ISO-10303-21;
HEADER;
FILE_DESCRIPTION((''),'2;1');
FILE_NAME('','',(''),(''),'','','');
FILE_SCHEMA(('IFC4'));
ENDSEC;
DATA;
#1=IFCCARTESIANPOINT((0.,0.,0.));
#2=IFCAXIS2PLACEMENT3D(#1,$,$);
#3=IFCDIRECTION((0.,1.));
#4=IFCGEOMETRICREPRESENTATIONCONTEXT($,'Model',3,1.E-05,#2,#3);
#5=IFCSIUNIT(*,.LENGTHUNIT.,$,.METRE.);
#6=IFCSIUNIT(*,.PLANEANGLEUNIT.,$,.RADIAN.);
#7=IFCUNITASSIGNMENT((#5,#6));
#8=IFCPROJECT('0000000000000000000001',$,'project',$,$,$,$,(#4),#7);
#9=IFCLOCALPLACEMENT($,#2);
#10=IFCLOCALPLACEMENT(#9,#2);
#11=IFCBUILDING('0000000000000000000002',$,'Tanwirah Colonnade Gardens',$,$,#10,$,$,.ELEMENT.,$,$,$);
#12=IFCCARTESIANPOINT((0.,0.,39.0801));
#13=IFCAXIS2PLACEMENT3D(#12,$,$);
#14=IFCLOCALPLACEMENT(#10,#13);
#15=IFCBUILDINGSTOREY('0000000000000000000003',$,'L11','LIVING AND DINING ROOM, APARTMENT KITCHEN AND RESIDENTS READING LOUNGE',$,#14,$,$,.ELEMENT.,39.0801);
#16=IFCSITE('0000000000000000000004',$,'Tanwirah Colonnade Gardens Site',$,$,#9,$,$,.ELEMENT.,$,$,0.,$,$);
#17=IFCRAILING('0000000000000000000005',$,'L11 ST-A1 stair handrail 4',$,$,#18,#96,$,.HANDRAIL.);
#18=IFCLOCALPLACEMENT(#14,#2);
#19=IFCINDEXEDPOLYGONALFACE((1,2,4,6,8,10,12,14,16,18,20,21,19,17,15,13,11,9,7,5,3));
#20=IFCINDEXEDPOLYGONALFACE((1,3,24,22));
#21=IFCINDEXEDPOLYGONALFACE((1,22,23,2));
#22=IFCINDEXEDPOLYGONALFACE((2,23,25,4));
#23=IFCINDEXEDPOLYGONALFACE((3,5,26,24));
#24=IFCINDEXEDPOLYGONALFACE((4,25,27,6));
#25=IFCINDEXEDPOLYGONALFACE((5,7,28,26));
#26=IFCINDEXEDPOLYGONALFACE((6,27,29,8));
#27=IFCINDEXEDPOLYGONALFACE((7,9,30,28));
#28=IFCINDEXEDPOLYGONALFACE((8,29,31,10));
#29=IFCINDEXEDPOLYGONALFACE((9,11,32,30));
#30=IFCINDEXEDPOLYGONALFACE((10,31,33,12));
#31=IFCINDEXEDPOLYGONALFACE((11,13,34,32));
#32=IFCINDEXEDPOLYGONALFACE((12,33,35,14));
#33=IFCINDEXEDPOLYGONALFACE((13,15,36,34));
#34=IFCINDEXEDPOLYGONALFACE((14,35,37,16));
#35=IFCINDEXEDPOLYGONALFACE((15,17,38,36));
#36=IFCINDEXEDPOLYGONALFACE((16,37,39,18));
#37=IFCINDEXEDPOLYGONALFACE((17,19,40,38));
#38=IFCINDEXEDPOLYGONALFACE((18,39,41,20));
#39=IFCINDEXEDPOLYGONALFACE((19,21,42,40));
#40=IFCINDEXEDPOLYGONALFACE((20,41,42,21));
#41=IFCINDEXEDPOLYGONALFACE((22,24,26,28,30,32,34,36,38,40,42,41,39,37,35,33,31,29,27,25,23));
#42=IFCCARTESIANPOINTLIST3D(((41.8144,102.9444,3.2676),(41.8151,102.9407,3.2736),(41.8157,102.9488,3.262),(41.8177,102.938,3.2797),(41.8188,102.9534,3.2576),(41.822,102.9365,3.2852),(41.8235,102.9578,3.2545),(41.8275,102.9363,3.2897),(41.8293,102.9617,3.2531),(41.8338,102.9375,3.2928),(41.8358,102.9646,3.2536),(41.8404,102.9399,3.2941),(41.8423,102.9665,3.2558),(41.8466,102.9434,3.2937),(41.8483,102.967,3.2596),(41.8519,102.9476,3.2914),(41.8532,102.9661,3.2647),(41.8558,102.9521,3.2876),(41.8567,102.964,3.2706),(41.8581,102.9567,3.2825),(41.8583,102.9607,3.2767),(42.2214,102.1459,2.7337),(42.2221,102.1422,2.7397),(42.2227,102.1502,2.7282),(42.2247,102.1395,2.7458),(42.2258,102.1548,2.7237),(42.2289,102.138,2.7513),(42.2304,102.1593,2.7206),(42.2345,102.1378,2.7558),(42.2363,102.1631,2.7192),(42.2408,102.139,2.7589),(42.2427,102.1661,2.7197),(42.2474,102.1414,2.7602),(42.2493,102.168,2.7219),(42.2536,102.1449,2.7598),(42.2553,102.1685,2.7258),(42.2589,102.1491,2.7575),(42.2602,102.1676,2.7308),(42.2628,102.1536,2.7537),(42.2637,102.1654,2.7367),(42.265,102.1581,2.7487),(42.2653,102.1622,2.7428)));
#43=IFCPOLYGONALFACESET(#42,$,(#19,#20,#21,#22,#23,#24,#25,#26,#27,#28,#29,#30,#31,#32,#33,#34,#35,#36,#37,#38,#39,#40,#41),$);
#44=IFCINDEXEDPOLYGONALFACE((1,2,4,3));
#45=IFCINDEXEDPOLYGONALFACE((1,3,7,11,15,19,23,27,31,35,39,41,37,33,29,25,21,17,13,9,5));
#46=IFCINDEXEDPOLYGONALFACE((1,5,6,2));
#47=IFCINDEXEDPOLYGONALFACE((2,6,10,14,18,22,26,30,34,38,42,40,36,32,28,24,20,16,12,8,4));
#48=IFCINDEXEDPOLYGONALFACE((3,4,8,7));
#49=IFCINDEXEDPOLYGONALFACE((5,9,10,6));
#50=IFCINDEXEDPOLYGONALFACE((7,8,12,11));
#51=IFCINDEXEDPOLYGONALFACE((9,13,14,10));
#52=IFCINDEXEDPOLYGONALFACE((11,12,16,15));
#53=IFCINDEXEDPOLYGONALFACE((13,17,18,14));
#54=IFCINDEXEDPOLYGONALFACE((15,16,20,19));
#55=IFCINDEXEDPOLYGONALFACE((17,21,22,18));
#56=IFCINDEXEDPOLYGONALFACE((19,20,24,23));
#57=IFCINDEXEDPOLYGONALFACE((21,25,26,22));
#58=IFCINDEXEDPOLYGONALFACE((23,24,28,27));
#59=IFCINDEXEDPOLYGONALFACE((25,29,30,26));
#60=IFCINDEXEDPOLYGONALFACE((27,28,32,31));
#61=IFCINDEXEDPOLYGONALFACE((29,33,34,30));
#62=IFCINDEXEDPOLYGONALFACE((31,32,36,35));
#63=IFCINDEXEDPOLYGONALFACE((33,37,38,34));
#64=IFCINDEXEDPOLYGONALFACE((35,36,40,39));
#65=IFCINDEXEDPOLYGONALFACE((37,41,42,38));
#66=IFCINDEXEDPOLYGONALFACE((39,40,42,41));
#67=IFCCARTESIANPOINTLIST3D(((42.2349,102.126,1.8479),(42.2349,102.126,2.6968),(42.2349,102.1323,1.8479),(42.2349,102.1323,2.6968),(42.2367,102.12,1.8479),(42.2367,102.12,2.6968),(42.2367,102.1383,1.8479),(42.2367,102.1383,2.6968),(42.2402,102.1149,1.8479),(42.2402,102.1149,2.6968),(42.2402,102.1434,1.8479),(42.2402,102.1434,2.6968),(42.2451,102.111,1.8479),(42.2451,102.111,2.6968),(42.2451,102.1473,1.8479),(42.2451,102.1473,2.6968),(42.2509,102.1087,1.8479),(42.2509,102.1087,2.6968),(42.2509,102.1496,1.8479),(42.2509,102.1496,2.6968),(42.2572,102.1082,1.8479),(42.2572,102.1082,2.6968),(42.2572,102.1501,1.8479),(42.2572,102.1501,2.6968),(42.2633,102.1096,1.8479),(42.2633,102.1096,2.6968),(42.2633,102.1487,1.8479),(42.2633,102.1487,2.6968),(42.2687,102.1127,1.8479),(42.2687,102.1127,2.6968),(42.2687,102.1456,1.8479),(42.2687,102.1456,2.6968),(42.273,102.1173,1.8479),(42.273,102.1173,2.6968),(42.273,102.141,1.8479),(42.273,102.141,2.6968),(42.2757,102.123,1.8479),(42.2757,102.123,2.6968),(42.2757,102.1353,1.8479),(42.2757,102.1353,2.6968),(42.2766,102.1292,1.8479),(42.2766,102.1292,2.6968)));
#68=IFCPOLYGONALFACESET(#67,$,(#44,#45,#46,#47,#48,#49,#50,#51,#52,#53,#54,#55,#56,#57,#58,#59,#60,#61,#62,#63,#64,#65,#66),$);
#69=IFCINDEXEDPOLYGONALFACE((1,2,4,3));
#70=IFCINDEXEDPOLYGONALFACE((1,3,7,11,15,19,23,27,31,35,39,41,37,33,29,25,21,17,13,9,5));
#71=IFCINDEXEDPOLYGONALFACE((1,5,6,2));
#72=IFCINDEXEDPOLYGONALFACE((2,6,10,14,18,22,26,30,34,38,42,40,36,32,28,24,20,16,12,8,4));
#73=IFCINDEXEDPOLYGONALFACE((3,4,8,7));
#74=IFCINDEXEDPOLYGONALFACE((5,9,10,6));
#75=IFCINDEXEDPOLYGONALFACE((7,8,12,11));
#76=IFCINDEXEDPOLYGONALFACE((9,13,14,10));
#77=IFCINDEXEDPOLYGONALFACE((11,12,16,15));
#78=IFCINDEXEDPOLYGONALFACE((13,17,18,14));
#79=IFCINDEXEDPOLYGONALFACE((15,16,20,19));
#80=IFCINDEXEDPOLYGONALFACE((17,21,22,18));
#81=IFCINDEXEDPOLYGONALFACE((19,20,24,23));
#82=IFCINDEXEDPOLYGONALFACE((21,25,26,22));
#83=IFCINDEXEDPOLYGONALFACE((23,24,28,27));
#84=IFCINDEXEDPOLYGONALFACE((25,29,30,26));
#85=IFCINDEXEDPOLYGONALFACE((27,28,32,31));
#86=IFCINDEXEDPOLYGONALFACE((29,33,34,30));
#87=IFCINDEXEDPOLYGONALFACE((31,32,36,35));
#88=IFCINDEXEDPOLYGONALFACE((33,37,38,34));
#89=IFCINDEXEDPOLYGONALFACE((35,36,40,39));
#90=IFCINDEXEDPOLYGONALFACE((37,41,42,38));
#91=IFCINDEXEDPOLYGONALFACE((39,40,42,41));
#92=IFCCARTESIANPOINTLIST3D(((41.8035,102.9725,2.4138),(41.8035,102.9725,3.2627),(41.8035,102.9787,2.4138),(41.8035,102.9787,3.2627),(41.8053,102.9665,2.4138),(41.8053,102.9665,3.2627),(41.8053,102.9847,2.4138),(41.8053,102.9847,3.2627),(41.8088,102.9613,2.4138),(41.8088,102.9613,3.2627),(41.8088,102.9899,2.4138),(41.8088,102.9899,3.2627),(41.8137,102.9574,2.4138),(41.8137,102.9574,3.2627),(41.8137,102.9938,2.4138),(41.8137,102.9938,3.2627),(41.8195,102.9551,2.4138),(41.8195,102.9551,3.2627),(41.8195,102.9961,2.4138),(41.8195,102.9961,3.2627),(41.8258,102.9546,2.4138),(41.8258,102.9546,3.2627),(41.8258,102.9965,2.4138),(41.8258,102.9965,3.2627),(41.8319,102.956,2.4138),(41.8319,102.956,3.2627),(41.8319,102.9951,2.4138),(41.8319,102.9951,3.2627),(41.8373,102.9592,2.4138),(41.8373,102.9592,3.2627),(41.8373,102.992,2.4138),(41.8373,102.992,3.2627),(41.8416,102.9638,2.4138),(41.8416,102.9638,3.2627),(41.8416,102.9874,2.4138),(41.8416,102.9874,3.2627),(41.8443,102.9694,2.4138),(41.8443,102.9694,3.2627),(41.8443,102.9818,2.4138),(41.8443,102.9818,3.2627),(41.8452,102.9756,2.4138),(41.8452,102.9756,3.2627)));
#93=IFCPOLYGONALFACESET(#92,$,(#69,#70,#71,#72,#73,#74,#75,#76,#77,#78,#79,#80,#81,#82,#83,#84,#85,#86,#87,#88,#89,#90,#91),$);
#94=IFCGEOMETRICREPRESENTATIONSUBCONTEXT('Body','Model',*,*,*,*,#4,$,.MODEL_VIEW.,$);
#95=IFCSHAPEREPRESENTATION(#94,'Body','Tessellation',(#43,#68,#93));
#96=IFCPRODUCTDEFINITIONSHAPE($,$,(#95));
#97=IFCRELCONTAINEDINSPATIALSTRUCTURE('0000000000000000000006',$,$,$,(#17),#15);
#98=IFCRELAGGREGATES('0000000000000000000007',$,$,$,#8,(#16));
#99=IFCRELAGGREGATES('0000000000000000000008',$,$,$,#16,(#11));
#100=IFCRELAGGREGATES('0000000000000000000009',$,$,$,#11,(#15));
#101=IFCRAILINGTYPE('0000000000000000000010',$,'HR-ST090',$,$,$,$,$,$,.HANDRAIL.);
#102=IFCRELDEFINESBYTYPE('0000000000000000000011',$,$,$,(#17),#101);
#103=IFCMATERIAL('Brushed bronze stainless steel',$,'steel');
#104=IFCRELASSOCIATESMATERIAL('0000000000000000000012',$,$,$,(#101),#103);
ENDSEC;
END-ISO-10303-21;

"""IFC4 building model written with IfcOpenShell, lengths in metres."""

from ifc_helpers import new_model, si_unit, direction, frame, origin, origin_2d, place, context, subcontext, project, spatial, circle, extrude, material, type_object, element, save


model = new_model("IFC4")

# Units and contexts
model_context = context("Model", 3, precision=1e-05, world=origin(), true_north=direction((0.0, 1.0)))
body_context = subcontext(model_context, "Body", "Model", "MODEL_VIEW")
ifc_project = project(units=[si_unit("LENGTHUNIT", "METRE"), si_unit("PLANEANGLEUNIT", "RADIAN")], contexts=[model_context])

# Site, building, storey
site_placement = place(None, origin())
site = spatial("IfcSite", under=ifc_project, at=site_placement, Name="Tanwirah Colonnade Gardens Site", CompositionType="ELEMENT", RefElevation=0.0)
building_placement = place(site_placement, origin())
building = spatial("IfcBuilding", under=site, at=building_placement, Name="Tanwirah Colonnade Gardens", CompositionType="ELEMENT")
storey_placement = place(building_placement, frame((0.0, 0.0, 39.0801)))
storey = spatial("IfcBuildingStorey", under=building, at=storey_placement, Name="L11", Description="LIVING AND DINING ROOM, APARTMENT KITCHEN AND RESIDENTS READING LOUNGE", CompositionType="ELEMENT", Elevation=39.0801)

# Railing
ifc_material_1 = material(Name="Brushed bronze stainless steel", Category="steel")
railing_type_1 = type_object("IfcRailingType", Name="HR-ST090", PredefinedType="HANDRAIL", material=ifc_material_1)
railing_1_placement = place(storey_placement, frame((42.2556, 102.1292, 1.8479)))
element("IfcRailing", 1, at=railing_1_placement, inside=storey, type_object=railing_type_1, Name="L11 ST-A1 stair handrail 4", PredefinedType="HANDRAIL", context=body_context, shape_type="SweptSolid", body=[
    extrude(circle(Radius=0.0239, at=origin_2d()), frame((-0.0122, 0.0239, 0.8918), z_axis=(-0.390118, 0.765443, 0.511767), x_axis=(-0.890957, -0.454087, 0.0)), (0.0, 0.0, 1.0), 1.0432),
    extrude(circle(Radius=0.021, at=origin_2d()), origin(), (0.0, 0.0, 1.0), 0.8489),
    extrude(circle(Radius=0.021, at=origin_2d()), frame((-0.4314, 0.8464, 0.5659)), (0.0, 0.0, 1.0), 0.8489),
])

save(model, "model.ifc")
